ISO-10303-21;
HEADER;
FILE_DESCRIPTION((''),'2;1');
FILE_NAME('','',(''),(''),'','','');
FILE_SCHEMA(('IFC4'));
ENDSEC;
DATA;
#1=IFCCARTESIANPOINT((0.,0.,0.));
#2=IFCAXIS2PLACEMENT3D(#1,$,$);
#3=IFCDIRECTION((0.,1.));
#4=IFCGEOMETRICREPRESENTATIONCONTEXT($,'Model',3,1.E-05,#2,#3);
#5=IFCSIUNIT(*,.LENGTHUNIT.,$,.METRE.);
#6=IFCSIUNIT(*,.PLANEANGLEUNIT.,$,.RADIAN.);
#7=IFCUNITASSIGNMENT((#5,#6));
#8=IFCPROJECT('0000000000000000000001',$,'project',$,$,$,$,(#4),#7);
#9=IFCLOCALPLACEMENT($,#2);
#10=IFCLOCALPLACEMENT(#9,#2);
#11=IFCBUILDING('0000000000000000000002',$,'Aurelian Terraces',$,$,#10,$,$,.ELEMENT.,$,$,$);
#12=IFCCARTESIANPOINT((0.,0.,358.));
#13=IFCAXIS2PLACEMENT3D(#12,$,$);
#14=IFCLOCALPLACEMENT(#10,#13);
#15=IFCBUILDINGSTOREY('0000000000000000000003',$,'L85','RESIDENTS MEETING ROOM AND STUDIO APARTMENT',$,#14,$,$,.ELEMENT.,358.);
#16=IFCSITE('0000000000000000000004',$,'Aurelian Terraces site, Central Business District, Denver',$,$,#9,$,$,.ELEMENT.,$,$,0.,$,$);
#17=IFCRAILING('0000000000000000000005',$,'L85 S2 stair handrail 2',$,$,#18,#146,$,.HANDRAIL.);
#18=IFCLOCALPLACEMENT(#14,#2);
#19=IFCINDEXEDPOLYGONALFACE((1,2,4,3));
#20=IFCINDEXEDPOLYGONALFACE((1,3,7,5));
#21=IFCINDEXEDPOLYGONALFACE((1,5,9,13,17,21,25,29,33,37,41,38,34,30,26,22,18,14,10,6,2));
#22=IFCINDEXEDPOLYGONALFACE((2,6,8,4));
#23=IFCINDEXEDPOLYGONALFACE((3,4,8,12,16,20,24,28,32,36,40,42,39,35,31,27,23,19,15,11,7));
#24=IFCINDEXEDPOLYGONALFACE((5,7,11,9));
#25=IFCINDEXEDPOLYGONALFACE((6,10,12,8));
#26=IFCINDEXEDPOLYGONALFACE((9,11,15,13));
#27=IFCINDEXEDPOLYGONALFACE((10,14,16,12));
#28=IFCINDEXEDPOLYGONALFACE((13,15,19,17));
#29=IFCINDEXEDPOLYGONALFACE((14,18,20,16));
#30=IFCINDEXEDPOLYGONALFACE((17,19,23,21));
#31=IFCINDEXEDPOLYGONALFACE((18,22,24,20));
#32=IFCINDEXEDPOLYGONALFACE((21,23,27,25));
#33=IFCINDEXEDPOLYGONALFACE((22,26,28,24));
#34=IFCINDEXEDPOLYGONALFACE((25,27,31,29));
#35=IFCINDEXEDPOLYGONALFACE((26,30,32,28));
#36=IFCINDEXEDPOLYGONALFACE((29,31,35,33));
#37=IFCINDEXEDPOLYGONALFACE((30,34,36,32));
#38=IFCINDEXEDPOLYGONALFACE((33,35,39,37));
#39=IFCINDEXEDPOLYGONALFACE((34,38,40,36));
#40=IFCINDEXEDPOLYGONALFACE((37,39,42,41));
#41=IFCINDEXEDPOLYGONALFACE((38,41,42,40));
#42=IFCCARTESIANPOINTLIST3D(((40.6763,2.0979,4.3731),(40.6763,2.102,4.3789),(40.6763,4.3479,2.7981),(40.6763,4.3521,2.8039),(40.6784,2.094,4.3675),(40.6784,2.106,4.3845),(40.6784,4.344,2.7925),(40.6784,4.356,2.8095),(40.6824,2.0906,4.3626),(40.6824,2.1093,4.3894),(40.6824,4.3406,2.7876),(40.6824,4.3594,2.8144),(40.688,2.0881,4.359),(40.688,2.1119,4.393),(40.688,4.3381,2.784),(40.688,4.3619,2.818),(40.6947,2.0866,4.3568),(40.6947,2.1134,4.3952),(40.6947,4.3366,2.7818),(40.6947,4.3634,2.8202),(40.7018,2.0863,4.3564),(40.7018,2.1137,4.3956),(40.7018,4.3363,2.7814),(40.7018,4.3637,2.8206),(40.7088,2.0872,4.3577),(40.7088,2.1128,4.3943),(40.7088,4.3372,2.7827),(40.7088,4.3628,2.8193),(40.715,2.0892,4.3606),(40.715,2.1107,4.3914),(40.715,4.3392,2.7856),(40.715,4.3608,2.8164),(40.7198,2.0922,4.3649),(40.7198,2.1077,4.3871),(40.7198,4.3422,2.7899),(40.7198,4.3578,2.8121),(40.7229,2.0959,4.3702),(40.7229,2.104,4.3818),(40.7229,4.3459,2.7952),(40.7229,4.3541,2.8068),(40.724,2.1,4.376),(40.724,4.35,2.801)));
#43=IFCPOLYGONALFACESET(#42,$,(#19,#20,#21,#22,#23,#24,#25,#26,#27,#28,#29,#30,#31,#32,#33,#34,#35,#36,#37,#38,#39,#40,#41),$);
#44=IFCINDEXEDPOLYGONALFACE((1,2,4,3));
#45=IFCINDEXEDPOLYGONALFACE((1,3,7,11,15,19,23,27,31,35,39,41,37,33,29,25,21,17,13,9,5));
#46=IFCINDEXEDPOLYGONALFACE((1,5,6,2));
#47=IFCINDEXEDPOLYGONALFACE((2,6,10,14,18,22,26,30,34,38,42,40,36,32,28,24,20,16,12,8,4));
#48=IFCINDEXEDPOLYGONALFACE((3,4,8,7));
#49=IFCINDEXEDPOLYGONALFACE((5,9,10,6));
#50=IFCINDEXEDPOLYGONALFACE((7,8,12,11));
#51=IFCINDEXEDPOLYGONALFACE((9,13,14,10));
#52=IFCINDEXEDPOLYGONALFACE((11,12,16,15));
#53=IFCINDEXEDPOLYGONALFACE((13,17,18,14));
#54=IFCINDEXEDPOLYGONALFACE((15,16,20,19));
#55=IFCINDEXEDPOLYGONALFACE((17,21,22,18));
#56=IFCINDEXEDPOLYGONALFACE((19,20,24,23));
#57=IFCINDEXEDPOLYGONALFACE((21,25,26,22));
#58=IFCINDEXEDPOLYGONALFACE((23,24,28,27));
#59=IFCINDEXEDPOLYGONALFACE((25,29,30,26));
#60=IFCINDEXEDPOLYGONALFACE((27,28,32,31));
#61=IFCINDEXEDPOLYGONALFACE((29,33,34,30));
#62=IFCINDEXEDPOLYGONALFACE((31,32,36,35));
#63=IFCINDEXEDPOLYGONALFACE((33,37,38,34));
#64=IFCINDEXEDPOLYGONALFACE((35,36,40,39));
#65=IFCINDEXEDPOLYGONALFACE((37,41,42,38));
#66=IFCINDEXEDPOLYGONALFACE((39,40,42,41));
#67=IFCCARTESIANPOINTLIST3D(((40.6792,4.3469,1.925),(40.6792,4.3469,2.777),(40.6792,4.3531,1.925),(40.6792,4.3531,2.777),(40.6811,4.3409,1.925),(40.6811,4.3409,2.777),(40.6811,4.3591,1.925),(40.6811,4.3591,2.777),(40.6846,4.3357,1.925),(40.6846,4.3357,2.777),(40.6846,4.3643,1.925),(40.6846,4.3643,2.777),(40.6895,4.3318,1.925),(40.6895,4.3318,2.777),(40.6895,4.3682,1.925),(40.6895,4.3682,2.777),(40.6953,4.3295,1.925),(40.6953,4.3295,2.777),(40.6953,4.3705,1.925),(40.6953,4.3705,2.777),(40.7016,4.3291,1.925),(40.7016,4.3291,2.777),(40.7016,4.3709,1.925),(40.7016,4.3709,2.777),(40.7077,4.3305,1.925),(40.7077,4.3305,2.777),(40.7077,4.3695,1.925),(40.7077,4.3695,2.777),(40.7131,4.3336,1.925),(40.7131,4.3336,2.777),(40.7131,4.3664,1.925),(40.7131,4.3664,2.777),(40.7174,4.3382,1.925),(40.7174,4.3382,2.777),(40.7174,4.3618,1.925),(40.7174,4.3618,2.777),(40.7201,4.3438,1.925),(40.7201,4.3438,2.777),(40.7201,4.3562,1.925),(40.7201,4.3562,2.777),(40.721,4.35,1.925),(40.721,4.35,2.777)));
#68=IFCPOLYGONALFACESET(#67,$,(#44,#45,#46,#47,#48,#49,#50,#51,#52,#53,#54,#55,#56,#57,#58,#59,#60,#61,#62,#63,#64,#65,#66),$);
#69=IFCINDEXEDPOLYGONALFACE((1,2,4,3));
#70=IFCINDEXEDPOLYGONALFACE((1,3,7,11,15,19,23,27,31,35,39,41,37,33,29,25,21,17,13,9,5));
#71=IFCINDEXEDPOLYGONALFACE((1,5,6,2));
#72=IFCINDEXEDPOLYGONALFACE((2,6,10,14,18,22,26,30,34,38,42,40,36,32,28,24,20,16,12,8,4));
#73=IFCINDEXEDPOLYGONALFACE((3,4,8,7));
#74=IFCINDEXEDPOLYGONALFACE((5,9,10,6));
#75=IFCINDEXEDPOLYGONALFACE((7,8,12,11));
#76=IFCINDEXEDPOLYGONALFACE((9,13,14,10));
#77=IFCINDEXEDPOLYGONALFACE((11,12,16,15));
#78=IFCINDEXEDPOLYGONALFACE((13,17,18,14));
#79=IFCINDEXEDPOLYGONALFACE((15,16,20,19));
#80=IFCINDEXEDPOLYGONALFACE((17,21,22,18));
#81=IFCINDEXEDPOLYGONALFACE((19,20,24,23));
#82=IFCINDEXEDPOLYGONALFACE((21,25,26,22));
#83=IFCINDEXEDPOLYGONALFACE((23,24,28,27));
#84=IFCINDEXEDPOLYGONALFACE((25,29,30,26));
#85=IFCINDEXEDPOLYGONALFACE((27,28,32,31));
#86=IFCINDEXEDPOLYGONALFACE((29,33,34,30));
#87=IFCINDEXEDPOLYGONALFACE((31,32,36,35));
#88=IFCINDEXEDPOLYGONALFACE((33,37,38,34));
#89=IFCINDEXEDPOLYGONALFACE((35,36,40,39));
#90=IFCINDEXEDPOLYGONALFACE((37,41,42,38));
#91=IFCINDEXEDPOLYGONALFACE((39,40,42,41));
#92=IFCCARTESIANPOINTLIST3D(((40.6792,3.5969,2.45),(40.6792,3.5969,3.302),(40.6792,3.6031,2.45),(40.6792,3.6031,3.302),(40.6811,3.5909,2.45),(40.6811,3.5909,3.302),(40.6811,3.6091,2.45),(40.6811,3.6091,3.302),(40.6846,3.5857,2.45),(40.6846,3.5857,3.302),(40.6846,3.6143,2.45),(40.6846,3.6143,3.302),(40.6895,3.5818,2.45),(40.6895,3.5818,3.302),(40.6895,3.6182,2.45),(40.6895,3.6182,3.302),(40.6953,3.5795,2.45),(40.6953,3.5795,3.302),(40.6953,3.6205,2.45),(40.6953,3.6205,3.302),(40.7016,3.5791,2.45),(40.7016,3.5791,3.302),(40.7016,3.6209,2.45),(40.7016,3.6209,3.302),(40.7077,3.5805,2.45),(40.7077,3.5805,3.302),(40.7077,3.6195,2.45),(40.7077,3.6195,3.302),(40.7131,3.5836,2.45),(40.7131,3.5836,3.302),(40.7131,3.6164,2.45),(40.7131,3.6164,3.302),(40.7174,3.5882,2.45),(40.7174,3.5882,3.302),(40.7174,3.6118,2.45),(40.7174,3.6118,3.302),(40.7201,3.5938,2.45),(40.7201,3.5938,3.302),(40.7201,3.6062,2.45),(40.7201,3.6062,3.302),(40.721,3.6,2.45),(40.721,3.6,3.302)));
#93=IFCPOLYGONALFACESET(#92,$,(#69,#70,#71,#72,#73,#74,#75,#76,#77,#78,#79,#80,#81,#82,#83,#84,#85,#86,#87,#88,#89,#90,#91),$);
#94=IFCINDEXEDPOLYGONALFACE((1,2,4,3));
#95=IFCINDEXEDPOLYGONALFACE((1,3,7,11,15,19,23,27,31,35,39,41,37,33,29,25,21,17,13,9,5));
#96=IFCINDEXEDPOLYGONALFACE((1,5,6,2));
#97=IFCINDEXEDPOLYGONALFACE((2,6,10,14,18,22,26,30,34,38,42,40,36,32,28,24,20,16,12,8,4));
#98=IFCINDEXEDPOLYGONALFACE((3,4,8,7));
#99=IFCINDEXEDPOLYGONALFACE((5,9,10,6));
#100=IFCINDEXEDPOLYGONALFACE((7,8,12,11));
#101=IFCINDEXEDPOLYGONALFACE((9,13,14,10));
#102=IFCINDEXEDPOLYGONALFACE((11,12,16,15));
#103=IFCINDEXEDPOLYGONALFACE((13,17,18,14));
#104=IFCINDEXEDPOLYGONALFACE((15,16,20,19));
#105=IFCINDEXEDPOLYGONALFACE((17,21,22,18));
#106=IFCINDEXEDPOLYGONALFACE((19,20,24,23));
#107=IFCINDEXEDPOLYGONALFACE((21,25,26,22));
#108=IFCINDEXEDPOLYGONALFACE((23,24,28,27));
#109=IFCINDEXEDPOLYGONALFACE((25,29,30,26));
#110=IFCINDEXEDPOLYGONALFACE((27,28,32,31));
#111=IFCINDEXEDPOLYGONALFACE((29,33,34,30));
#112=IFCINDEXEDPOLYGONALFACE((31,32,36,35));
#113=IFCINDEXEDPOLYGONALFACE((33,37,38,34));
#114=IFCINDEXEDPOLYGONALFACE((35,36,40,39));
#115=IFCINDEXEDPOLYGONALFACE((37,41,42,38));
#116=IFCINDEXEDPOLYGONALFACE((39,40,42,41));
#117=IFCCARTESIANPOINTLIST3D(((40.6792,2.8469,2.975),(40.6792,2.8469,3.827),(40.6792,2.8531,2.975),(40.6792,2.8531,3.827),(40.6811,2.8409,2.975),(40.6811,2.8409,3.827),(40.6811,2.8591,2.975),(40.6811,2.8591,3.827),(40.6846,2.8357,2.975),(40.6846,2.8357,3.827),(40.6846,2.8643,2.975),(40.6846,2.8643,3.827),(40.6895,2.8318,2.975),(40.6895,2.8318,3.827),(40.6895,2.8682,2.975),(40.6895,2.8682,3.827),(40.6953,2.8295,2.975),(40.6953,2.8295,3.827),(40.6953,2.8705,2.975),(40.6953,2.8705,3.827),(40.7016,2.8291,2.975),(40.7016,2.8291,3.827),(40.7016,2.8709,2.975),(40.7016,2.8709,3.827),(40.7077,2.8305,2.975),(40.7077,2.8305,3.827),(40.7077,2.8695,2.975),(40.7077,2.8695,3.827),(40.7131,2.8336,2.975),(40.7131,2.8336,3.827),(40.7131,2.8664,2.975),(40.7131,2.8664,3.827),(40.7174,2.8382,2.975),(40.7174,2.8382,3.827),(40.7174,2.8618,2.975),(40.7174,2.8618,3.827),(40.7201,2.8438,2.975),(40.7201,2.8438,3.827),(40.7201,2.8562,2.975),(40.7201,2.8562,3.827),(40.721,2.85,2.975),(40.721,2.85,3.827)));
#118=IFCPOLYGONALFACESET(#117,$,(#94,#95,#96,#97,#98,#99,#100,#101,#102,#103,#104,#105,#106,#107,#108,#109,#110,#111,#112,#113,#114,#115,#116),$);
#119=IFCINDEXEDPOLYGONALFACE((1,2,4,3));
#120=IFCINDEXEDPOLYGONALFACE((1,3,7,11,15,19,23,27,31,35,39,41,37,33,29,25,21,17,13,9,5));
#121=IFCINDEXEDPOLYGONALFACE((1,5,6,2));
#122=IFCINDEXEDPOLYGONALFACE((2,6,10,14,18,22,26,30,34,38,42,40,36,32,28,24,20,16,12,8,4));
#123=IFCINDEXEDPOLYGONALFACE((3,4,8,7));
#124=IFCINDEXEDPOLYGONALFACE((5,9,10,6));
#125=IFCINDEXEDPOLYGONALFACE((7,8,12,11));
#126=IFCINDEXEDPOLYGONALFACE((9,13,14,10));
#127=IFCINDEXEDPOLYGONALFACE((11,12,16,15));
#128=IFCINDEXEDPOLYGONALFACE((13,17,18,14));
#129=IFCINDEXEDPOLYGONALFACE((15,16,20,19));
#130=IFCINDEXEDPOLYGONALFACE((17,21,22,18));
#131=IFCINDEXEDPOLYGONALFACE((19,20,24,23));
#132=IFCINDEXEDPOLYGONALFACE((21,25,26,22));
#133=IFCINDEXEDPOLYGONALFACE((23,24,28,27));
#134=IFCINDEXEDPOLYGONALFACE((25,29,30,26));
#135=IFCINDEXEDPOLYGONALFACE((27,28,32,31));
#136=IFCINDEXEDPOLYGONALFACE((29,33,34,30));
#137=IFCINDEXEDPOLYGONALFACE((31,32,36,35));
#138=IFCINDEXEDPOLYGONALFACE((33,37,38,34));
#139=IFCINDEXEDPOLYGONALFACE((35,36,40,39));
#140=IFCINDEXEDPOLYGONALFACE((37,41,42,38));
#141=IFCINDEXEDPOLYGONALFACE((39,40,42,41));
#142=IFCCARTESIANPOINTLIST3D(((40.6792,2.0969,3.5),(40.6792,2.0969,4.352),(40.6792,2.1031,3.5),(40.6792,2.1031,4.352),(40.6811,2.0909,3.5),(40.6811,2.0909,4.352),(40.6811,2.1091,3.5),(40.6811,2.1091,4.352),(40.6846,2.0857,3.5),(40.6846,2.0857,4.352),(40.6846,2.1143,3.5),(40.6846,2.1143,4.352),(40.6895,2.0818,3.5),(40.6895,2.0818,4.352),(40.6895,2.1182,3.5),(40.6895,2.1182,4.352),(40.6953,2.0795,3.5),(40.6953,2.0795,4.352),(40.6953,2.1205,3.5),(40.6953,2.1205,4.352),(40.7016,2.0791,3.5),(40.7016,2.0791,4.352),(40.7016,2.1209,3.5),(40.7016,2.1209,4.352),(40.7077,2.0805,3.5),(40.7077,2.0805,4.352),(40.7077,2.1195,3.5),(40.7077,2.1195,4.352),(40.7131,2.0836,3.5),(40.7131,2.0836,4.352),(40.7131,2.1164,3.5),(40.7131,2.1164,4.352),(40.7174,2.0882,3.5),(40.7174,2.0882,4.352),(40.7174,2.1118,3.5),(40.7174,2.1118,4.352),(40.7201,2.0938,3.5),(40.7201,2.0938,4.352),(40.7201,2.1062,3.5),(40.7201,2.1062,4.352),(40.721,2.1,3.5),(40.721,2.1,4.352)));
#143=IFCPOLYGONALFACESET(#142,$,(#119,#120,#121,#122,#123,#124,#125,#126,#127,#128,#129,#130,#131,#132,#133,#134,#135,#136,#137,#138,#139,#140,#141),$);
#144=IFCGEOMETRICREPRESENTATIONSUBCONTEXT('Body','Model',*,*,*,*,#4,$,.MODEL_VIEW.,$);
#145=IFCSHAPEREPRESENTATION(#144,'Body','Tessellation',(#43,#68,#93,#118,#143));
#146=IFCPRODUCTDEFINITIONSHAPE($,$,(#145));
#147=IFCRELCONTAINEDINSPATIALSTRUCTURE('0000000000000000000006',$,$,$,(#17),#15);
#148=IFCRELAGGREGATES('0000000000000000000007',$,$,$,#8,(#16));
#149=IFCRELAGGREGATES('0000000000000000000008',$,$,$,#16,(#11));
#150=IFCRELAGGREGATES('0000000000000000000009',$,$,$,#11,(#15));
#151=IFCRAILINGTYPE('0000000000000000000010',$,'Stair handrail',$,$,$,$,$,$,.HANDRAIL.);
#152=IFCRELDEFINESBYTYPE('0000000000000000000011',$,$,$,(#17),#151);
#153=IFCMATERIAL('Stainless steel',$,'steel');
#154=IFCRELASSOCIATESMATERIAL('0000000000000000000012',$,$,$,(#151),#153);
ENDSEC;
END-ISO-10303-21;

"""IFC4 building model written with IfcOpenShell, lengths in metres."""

from ifc_helpers import new_model, si_unit, direction, frame, origin, origin_2d, place, context, subcontext, project, spatial, circle, extrude, source, transform, mapped, material, type_object, element, save


model = new_model("IFC4")

# Units and contexts
model_context = context("Model", 3, precision=1e-05, world=origin(), true_north=direction((0.0, 1.0)))
body_context = subcontext(model_context, "Body", "Model", "MODEL_VIEW")
ifc_project = project(units=[si_unit("LENGTHUNIT", "METRE"), si_unit("PLANEANGLEUNIT", "RADIAN")], contexts=[model_context])

# Site, building, storey
site_placement = place(None, origin())
site = spatial("IfcSite", under=ifc_project, at=site_placement, Name="Aurelian Terraces site, Central Business District, Denver", CompositionType="ELEMENT", RefElevation=0.0)
building_placement = place(site_placement, origin())
building = spatial("IfcBuilding", under=site, at=building_placement, Name="Aurelian Terraces", CompositionType="ELEMENT")
storey_placement = place(building_placement, frame((0.0, 0.0, 358.0)))
storey = spatial("IfcBuildingStorey", under=building, at=storey_placement, Name="L85", Description="RESIDENTS MEETING ROOM AND STUDIO APARTMENT", CompositionType="ELEMENT", Elevation=358.0)

# Railing
ifc_material_1 = material(Name="Stainless steel", Category="steel")
railing_type_1 = type_object("IfcRailingType", Name="Stair handrail", PredefinedType="HANDRAIL", material=ifc_material_1)
shared_shape_1 = source(origin(), body_context, "Body", "SweptSolid", [
    extrude(circle(Radius=0.024, at=origin_2d()), frame((0.0, 0.0, 0.876), z_axis=(0.0, -0.819232, 0.573462), x_axis=(1.0, 0.0, 0.0)), (0.0, 0.0, 1.0), 2.7465),
    extrude(circle(Radius=0.021, at=origin_2d()), origin(), (0.0, 0.0, 1.0), 0.852),
    extrude(circle(Radius=0.021, at=origin_2d()), frame((0.0, -0.75, 0.525)), (0.0, 0.0, 1.0), 0.852),
    extrude(circle(Radius=0.021, at=origin_2d()), frame((0.0, -1.5, 1.05)), (0.0, 0.0, 1.0), 0.852),
    extrude(circle(Radius=0.021, at=origin_2d()), frame((0.0, -2.25, 1.575)), (0.0, 0.0, 1.0), 0.852),
])
railing_1_placement = place(storey_placement, frame((40.7, 4.35, 1.925)))
element("IfcRailing", 1, at=railing_1_placement, inside=storey, type_object=railing_type_1, Name="L85 S2 stair handrail 2", PredefinedType="HANDRAIL", context=body_context, shape_type="MappedRepresentation", body=[
    mapped(shared_shape_1, transform((0.0, 0.0, 0.0), scale=1.0)),
])

save(model, "model.ifc")
